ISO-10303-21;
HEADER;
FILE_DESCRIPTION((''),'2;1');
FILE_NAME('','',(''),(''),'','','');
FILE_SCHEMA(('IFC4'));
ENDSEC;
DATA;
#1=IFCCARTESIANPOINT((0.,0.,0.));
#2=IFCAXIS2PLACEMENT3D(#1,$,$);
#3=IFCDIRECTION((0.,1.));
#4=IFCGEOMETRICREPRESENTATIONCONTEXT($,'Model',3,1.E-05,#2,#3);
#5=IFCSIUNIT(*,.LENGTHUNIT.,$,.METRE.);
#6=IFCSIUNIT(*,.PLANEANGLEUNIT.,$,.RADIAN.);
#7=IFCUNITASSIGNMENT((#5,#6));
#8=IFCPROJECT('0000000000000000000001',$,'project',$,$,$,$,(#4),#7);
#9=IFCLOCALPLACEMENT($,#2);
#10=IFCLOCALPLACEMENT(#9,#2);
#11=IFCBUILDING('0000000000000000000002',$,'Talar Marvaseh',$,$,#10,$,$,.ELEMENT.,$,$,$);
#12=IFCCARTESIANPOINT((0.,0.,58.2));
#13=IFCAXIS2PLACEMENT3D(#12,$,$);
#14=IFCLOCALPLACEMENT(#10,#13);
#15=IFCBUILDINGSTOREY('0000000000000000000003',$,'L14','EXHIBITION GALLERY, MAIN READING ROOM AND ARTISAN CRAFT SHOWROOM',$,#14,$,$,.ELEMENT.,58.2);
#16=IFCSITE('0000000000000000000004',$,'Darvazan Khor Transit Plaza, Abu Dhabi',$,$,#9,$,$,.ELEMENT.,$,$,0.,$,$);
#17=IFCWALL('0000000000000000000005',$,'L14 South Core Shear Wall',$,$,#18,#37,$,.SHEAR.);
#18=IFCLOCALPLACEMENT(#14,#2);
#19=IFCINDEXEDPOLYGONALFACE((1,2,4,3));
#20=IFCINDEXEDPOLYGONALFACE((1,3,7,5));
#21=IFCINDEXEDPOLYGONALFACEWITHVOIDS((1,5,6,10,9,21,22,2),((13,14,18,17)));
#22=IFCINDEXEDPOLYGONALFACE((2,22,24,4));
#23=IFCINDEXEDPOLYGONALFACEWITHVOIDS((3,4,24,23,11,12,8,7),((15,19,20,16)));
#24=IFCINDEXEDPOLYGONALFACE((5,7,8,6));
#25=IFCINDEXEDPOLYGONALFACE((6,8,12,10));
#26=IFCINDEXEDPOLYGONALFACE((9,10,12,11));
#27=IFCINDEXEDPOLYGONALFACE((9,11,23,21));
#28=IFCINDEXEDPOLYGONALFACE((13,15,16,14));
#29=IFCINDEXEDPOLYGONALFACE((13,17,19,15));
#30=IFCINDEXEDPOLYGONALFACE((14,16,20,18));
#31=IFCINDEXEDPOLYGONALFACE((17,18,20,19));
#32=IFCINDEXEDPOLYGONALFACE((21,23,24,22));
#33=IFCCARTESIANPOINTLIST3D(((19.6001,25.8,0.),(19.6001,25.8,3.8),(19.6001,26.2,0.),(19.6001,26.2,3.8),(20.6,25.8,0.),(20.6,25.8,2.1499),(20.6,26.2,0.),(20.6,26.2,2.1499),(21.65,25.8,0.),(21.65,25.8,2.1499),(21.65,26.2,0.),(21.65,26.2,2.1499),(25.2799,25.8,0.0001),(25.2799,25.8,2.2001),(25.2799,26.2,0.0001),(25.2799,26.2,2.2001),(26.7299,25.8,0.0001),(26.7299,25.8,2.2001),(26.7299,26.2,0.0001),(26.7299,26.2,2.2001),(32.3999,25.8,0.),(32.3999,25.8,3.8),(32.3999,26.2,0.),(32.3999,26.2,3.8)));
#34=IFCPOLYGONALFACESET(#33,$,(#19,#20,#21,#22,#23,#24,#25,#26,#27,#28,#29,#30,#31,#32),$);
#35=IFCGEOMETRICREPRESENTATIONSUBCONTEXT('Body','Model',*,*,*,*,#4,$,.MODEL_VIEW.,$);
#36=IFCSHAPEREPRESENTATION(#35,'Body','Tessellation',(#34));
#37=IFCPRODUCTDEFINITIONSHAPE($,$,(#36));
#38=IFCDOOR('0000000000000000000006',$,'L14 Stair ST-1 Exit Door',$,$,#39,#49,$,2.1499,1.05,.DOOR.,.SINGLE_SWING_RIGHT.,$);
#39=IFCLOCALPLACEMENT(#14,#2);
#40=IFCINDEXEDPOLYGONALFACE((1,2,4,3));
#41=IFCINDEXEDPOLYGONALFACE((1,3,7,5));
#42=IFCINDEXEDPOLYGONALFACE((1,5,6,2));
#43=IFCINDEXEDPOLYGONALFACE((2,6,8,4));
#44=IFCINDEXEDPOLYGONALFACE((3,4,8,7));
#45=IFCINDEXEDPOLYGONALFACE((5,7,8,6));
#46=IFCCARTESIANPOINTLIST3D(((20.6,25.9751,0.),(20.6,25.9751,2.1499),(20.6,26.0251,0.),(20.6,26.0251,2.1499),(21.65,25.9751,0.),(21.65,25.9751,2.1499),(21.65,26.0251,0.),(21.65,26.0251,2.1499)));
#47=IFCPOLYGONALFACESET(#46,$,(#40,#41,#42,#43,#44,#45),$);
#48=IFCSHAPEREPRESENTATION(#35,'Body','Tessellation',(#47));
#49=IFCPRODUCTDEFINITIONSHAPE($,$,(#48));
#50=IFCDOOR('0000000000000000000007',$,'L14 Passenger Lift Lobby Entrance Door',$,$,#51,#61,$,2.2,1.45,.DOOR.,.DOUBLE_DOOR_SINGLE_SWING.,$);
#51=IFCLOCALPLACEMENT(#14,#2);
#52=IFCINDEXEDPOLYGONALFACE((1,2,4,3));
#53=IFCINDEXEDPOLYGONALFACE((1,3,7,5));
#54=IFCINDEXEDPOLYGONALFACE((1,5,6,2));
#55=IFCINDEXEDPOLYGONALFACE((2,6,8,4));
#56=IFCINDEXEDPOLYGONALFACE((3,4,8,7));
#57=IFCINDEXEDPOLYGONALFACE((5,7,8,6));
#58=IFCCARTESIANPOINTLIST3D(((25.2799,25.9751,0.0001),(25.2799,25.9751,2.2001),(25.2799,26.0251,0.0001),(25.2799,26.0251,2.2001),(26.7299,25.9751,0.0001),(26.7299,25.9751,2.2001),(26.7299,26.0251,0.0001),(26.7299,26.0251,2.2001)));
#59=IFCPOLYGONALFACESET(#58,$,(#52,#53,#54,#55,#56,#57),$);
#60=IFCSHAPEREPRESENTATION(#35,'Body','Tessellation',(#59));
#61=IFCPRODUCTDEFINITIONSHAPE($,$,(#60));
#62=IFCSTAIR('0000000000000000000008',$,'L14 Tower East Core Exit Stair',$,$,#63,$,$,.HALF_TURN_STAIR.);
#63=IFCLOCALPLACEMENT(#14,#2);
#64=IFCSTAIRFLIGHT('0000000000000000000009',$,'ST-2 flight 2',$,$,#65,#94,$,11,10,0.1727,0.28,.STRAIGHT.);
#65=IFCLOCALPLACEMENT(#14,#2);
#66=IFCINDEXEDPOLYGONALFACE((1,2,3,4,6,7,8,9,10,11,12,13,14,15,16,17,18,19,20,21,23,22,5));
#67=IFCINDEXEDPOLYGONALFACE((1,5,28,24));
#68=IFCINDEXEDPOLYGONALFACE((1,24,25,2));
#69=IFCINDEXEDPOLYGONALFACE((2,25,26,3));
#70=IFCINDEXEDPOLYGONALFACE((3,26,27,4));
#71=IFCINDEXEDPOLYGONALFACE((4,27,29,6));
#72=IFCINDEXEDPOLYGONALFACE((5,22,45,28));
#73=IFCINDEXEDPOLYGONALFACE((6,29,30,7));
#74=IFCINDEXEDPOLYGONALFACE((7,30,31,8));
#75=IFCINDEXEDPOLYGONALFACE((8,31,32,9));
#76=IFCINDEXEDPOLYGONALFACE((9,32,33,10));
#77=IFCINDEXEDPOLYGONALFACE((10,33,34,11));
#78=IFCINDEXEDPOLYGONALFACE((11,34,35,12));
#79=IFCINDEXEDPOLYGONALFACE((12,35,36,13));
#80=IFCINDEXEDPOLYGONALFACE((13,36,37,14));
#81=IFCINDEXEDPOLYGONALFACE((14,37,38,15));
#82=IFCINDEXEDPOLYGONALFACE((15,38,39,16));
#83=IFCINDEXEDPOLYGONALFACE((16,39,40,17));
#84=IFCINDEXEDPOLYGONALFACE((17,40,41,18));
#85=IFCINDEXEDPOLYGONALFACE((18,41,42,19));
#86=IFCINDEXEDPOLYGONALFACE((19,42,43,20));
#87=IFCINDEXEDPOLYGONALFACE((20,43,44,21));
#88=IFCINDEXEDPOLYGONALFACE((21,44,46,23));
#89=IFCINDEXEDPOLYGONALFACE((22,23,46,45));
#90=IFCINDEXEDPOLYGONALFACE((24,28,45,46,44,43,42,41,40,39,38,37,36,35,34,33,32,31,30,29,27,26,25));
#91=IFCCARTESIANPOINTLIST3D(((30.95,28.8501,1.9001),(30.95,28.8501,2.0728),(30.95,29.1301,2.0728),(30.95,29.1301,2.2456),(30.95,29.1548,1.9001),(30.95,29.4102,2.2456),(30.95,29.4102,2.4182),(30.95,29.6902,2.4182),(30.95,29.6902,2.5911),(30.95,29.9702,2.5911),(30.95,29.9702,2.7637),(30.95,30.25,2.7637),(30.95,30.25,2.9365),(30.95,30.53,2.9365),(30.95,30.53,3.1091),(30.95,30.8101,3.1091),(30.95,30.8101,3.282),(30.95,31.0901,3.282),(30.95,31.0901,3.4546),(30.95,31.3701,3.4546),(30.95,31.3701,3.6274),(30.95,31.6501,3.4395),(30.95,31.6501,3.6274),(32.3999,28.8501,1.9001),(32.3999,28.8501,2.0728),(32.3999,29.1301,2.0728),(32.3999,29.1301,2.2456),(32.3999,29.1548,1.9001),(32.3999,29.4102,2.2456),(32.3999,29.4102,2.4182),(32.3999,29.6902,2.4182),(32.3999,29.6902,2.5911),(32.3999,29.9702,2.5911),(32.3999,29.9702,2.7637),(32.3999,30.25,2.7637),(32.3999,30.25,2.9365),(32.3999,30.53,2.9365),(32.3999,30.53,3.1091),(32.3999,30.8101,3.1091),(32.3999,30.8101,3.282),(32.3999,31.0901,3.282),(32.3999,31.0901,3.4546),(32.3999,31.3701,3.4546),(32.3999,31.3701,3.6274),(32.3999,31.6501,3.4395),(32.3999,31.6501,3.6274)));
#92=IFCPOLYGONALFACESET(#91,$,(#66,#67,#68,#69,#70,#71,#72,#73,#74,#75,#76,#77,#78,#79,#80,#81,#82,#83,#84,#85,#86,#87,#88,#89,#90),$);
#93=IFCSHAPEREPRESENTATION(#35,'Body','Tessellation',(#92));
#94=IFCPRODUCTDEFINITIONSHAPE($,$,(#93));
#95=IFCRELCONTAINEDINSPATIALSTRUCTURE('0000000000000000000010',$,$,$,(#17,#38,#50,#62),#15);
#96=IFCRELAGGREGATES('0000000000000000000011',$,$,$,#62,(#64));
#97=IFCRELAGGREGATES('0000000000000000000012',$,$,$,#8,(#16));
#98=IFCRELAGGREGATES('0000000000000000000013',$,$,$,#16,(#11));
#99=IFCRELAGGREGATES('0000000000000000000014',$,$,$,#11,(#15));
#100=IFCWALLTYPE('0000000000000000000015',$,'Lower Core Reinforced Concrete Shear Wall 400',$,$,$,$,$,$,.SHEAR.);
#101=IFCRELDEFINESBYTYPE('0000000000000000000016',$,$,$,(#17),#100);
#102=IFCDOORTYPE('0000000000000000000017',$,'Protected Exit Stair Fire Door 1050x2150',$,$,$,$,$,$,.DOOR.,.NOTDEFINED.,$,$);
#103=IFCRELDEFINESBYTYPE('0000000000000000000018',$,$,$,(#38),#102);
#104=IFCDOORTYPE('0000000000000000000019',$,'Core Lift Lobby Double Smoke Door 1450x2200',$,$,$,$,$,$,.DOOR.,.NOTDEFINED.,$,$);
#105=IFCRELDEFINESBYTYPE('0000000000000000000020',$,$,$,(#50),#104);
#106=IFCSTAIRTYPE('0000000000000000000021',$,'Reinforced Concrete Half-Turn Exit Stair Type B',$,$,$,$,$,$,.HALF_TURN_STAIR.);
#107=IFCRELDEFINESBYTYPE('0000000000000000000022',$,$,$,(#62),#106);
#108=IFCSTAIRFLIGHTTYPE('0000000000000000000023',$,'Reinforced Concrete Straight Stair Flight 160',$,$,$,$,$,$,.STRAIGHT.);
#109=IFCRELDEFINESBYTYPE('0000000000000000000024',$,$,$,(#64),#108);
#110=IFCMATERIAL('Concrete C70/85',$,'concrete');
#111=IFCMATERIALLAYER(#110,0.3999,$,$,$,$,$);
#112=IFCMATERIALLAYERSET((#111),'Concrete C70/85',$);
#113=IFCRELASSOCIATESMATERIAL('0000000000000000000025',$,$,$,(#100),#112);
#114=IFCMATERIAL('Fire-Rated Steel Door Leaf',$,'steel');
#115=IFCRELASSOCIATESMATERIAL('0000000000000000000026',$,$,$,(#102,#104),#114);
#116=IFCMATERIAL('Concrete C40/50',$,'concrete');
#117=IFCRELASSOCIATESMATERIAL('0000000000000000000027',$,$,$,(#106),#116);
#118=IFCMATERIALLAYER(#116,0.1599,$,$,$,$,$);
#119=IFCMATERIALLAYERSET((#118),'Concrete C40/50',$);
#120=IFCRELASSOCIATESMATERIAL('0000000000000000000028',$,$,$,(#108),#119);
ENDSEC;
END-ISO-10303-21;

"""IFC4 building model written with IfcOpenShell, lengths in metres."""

from ifc_helpers import new_model, si_unit, direction, frame, frame_2d, origin, place, context, subcontext, project, spatial, polyline, rectangle, outline, extrude, source, transform, mapped, material, layer, layer_set, type_object, type_shapes, element, fill, aggregate, save


model = new_model("IFC4")

# Units and contexts
model_context = context("Model", 3, precision=1e-05, world=origin(), true_north=direction((0.0, 1.0)))
body_context = subcontext(model_context, "Body", "Model", "MODEL_VIEW")
ifc_project = project(units=[si_unit("LENGTHUNIT", "METRE"), si_unit("PLANEANGLEUNIT", "RADIAN")], contexts=[model_context])

# Site, building, storey
site_placement = place(None, origin())
site = spatial("IfcSite", under=ifc_project, at=site_placement, Name="Darvazan Khor Transit Plaza, Abu Dhabi", CompositionType="ELEMENT", RefElevation=0.0)
building_placement = place(site_placement, origin())
building = spatial("IfcBuilding", under=site, at=building_placement, Name="Talar Marvaseh", CompositionType="ELEMENT")
storey_placement = place(building_placement, frame((0.0, 0.0, 58.2)))
storey = spatial("IfcBuildingStorey", under=building, at=storey_placement, Name="L14", Description="EXHIBITION GALLERY, MAIN READING ROOM AND ARTISAN CRAFT SHOWROOM", CompositionType="ELEMENT", Elevation=58.2)

# Shared definitions
ifc_material_1 = material(Name="Concrete C70/85", Category="concrete")

# Wall, openings, doors
ifc_layer_1 = layer(ifc_material_1, 0.3999)
ifc_layer_set_1 = layer_set([ifc_layer_1], Name="Concrete C70/85")
wall_type_1 = type_object("IfcWallType", Name="Lower Core Reinforced Concrete Shear Wall 400", PredefinedType="SHEAR", material=ifc_layer_set_1)
wall_1_placement = place(storey_placement, frame((32.3999, 26.0, 0.0), z_axis=(0.0, 0.0, 1.0), x_axis=(-1.0, 0.0, 0.0)))
wall_1 = element("IfcWall", 1, at=wall_1_placement, inside=storey, type_object=wall_type_1, Name="L14 South Core Shear Wall", PredefinedType="SHEAR", context=body_context, shape_type="SweptSolid", body=[
    extrude(rectangle(XDim=12.7998, YDim=0.3999, at=frame_2d((6.3999, 0.0))), origin(), (0.0, 0.0, 1.0), 3.8),
])
opening_1_placement = place(wall_1_placement, frame((10.75, 0.0, 0.0)))
opening_1 = element("IfcOpeningElement", 2, at=opening_1_placement, cuts=wall_1, PredefinedType="OPENING", context=body_context, shape_type="SweptSolid", body=[
    extrude(rectangle(XDim=1.05, YDim=2.1499, at=frame_2d((0.5249, 1.075))), frame((0.0, 0.21, 0.0), z_axis=(0.0, -1.0, 0.0), x_axis=(1.0, 0.0, 0.0)), (0.0, 0.0, 1.0), 0.4199),
])
opening_2_placement = place(wall_1_placement, frame((5.6699, 0.0, 0.0)))
opening_2 = element("IfcOpeningElement", 3, at=opening_2_placement, cuts=wall_1, PredefinedType="OPENING", context=body_context, shape_type="SweptSolid", body=[
    extrude(rectangle(XDim=1.45, YDim=2.2, at=frame_2d((0.7251, 1.1001))), frame((0.0, 0.21, 0.0), z_axis=(0.0, -1.0, 0.0), x_axis=(1.0, 0.0, 0.0)), (0.0, 0.0, 1.0), 0.4199),
])
ifc_material_2 = material(Name="Fire-Rated Steel Door Leaf", Category="steel")
door_type_1 = type_object("IfcDoorType", Name="Protected Exit Stair Fire Door 1050x2150", OperationType="NOTDEFINED", PredefinedType="DOOR", material=ifc_material_2)
shared_shape_1 = source(origin(), body_context, "Body", "SweptSolid", [
    extrude(rectangle(XDim=1.05, YDim=2.1499, at=frame_2d((0.5249, 1.075))), frame((0.0, 0.0249, 0.0), z_axis=(0.0, -1.0, 0.0), x_axis=(1.0, 0.0, 0.0)), (0.0, 0.0, 1.0), 0.05),
])
type_shapes(door_type_1, [shared_shape_1])
door_1_placement = place(opening_1_placement, origin())
door_1 = element("IfcDoor", 4, at=door_1_placement, inside=storey, type_object=door_type_1, Name="L14 Stair ST-1 Exit Door", OperationType="SINGLE_SWING_RIGHT", OverallHeight=2.1499, OverallWidth=1.05, PredefinedType="DOOR", context=body_context, shape_type="MappedRepresentation", body=[
    mapped(shared_shape_1, transform((0.0, 0.0, 0.0), x_axis=(1.0, 0.0, 0.0), y_axis=(0.0, 1.0, 0.0), z_axis=(0.0, 0.0, 1.0), scale=1.0)),
])
fill(opening_1, door_1)
door_type_2 = type_object("IfcDoorType", Name="Core Lift Lobby Double Smoke Door 1450x2200", OperationType="NOTDEFINED", PredefinedType="DOOR", material=ifc_material_2)
shared_shape_2 = source(origin(), body_context, "Body", "SweptSolid", [
    extrude(rectangle(XDim=1.45, YDim=2.2, at=frame_2d((0.7251, 1.1001))), frame((0.0, 0.0249, 0.0), z_axis=(0.0, -1.0, 0.0), x_axis=(1.0, 0.0, 0.0)), (0.0, 0.0, 1.0), 0.05),
])
type_shapes(door_type_2, [shared_shape_2])
door_2_placement = place(opening_2_placement, origin())
door_2 = element("IfcDoor", 5, at=door_2_placement, inside=storey, type_object=door_type_2, Name="L14 Passenger Lift Lobby Entrance Door", OperationType="DOUBLE_DOOR_SINGLE_SWING", OverallHeight=2.2, OverallWidth=1.45, PredefinedType="DOOR", context=body_context, shape_type="MappedRepresentation", body=[
    mapped(shared_shape_2, transform((0.0, 0.0, 0.0), x_axis=(1.0, 0.0, 0.0), y_axis=(0.0, 1.0, 0.0), z_axis=(0.0, 0.0, 1.0), scale=1.0)),
])
fill(opening_2, door_2)

# Stair, stair flight
ifc_material_3 = material(Name="Concrete C40/50", Category="concrete")
stair_type = type_object("IfcStairType", Name="Reinforced Concrete Half-Turn Exit Stair Type B", PredefinedType="HALF_TURN_STAIR", material=ifc_material_3)
stair_placement = place(storey_placement, origin())
stair = element("IfcStair", 6, at=stair_placement, inside=storey, type_object=stair_type, Name="L14 Tower East Core Exit Stair", PredefinedType="HALF_TURN_STAIR")
ifc_layer_2 = layer(ifc_material_3, 0.1599)
ifc_layer_set_2 = layer_set([ifc_layer_2], Name="Concrete C40/50")
stair_flight_type = type_object("IfcStairFlightType", Name="Reinforced Concrete Straight Stair Flight 160", PredefinedType="STRAIGHT", material=ifc_layer_set_2)
stair_flight_placement = place(storey_placement, frame((31.675, 28.8501, 1.9001), z_axis=(0.0, 0.0, 1.0), x_axis=(0.0, 1.0, 0.0)))
stair_flight = element("IfcStairFlight", 7, at=stair_flight_placement, type_object=stair_flight_type, Name="ST-2 flight 2", NumberOfRisers=11, NumberOfTreads=10, PredefinedType="STRAIGHT", RiserHeight=0.1727, TreadLength=0.28, context=body_context, shape_type="SweptSolid", body=[
    extrude(outline(polyline([(0.0, 0.0), (0.0, 0.1726), (0.28, 0.1726), (0.28, 0.3455), (0.5601, 0.3455), (0.5601, 0.5181), (0.8401, 0.5181), (0.8401, 0.6909), (1.1201, 0.6909), (1.1201, 0.8635), (1.3999, 0.8635), (1.3999, 1.0364), (1.6799, 1.0364), (1.6799, 1.209), (1.96, 1.209), (1.96, 1.3818), (2.24, 1.3818), (2.24, 1.5544), (2.52, 1.5544), (2.52, 1.7273), (2.8, 1.7273), (2.8, 1.8999), (2.8, 1.5393), (0.3047, 0.0), (0.0, 0.0)])), frame((0.0, 0.7251, 0.0), z_axis=(0.0, -1.0, 0.0), x_axis=(1.0, 0.0, 0.0)), (0.0, 0.0, 1.0), 1.45),
])
aggregate(stair, [stair_flight])

save(model, "model.ifc")
